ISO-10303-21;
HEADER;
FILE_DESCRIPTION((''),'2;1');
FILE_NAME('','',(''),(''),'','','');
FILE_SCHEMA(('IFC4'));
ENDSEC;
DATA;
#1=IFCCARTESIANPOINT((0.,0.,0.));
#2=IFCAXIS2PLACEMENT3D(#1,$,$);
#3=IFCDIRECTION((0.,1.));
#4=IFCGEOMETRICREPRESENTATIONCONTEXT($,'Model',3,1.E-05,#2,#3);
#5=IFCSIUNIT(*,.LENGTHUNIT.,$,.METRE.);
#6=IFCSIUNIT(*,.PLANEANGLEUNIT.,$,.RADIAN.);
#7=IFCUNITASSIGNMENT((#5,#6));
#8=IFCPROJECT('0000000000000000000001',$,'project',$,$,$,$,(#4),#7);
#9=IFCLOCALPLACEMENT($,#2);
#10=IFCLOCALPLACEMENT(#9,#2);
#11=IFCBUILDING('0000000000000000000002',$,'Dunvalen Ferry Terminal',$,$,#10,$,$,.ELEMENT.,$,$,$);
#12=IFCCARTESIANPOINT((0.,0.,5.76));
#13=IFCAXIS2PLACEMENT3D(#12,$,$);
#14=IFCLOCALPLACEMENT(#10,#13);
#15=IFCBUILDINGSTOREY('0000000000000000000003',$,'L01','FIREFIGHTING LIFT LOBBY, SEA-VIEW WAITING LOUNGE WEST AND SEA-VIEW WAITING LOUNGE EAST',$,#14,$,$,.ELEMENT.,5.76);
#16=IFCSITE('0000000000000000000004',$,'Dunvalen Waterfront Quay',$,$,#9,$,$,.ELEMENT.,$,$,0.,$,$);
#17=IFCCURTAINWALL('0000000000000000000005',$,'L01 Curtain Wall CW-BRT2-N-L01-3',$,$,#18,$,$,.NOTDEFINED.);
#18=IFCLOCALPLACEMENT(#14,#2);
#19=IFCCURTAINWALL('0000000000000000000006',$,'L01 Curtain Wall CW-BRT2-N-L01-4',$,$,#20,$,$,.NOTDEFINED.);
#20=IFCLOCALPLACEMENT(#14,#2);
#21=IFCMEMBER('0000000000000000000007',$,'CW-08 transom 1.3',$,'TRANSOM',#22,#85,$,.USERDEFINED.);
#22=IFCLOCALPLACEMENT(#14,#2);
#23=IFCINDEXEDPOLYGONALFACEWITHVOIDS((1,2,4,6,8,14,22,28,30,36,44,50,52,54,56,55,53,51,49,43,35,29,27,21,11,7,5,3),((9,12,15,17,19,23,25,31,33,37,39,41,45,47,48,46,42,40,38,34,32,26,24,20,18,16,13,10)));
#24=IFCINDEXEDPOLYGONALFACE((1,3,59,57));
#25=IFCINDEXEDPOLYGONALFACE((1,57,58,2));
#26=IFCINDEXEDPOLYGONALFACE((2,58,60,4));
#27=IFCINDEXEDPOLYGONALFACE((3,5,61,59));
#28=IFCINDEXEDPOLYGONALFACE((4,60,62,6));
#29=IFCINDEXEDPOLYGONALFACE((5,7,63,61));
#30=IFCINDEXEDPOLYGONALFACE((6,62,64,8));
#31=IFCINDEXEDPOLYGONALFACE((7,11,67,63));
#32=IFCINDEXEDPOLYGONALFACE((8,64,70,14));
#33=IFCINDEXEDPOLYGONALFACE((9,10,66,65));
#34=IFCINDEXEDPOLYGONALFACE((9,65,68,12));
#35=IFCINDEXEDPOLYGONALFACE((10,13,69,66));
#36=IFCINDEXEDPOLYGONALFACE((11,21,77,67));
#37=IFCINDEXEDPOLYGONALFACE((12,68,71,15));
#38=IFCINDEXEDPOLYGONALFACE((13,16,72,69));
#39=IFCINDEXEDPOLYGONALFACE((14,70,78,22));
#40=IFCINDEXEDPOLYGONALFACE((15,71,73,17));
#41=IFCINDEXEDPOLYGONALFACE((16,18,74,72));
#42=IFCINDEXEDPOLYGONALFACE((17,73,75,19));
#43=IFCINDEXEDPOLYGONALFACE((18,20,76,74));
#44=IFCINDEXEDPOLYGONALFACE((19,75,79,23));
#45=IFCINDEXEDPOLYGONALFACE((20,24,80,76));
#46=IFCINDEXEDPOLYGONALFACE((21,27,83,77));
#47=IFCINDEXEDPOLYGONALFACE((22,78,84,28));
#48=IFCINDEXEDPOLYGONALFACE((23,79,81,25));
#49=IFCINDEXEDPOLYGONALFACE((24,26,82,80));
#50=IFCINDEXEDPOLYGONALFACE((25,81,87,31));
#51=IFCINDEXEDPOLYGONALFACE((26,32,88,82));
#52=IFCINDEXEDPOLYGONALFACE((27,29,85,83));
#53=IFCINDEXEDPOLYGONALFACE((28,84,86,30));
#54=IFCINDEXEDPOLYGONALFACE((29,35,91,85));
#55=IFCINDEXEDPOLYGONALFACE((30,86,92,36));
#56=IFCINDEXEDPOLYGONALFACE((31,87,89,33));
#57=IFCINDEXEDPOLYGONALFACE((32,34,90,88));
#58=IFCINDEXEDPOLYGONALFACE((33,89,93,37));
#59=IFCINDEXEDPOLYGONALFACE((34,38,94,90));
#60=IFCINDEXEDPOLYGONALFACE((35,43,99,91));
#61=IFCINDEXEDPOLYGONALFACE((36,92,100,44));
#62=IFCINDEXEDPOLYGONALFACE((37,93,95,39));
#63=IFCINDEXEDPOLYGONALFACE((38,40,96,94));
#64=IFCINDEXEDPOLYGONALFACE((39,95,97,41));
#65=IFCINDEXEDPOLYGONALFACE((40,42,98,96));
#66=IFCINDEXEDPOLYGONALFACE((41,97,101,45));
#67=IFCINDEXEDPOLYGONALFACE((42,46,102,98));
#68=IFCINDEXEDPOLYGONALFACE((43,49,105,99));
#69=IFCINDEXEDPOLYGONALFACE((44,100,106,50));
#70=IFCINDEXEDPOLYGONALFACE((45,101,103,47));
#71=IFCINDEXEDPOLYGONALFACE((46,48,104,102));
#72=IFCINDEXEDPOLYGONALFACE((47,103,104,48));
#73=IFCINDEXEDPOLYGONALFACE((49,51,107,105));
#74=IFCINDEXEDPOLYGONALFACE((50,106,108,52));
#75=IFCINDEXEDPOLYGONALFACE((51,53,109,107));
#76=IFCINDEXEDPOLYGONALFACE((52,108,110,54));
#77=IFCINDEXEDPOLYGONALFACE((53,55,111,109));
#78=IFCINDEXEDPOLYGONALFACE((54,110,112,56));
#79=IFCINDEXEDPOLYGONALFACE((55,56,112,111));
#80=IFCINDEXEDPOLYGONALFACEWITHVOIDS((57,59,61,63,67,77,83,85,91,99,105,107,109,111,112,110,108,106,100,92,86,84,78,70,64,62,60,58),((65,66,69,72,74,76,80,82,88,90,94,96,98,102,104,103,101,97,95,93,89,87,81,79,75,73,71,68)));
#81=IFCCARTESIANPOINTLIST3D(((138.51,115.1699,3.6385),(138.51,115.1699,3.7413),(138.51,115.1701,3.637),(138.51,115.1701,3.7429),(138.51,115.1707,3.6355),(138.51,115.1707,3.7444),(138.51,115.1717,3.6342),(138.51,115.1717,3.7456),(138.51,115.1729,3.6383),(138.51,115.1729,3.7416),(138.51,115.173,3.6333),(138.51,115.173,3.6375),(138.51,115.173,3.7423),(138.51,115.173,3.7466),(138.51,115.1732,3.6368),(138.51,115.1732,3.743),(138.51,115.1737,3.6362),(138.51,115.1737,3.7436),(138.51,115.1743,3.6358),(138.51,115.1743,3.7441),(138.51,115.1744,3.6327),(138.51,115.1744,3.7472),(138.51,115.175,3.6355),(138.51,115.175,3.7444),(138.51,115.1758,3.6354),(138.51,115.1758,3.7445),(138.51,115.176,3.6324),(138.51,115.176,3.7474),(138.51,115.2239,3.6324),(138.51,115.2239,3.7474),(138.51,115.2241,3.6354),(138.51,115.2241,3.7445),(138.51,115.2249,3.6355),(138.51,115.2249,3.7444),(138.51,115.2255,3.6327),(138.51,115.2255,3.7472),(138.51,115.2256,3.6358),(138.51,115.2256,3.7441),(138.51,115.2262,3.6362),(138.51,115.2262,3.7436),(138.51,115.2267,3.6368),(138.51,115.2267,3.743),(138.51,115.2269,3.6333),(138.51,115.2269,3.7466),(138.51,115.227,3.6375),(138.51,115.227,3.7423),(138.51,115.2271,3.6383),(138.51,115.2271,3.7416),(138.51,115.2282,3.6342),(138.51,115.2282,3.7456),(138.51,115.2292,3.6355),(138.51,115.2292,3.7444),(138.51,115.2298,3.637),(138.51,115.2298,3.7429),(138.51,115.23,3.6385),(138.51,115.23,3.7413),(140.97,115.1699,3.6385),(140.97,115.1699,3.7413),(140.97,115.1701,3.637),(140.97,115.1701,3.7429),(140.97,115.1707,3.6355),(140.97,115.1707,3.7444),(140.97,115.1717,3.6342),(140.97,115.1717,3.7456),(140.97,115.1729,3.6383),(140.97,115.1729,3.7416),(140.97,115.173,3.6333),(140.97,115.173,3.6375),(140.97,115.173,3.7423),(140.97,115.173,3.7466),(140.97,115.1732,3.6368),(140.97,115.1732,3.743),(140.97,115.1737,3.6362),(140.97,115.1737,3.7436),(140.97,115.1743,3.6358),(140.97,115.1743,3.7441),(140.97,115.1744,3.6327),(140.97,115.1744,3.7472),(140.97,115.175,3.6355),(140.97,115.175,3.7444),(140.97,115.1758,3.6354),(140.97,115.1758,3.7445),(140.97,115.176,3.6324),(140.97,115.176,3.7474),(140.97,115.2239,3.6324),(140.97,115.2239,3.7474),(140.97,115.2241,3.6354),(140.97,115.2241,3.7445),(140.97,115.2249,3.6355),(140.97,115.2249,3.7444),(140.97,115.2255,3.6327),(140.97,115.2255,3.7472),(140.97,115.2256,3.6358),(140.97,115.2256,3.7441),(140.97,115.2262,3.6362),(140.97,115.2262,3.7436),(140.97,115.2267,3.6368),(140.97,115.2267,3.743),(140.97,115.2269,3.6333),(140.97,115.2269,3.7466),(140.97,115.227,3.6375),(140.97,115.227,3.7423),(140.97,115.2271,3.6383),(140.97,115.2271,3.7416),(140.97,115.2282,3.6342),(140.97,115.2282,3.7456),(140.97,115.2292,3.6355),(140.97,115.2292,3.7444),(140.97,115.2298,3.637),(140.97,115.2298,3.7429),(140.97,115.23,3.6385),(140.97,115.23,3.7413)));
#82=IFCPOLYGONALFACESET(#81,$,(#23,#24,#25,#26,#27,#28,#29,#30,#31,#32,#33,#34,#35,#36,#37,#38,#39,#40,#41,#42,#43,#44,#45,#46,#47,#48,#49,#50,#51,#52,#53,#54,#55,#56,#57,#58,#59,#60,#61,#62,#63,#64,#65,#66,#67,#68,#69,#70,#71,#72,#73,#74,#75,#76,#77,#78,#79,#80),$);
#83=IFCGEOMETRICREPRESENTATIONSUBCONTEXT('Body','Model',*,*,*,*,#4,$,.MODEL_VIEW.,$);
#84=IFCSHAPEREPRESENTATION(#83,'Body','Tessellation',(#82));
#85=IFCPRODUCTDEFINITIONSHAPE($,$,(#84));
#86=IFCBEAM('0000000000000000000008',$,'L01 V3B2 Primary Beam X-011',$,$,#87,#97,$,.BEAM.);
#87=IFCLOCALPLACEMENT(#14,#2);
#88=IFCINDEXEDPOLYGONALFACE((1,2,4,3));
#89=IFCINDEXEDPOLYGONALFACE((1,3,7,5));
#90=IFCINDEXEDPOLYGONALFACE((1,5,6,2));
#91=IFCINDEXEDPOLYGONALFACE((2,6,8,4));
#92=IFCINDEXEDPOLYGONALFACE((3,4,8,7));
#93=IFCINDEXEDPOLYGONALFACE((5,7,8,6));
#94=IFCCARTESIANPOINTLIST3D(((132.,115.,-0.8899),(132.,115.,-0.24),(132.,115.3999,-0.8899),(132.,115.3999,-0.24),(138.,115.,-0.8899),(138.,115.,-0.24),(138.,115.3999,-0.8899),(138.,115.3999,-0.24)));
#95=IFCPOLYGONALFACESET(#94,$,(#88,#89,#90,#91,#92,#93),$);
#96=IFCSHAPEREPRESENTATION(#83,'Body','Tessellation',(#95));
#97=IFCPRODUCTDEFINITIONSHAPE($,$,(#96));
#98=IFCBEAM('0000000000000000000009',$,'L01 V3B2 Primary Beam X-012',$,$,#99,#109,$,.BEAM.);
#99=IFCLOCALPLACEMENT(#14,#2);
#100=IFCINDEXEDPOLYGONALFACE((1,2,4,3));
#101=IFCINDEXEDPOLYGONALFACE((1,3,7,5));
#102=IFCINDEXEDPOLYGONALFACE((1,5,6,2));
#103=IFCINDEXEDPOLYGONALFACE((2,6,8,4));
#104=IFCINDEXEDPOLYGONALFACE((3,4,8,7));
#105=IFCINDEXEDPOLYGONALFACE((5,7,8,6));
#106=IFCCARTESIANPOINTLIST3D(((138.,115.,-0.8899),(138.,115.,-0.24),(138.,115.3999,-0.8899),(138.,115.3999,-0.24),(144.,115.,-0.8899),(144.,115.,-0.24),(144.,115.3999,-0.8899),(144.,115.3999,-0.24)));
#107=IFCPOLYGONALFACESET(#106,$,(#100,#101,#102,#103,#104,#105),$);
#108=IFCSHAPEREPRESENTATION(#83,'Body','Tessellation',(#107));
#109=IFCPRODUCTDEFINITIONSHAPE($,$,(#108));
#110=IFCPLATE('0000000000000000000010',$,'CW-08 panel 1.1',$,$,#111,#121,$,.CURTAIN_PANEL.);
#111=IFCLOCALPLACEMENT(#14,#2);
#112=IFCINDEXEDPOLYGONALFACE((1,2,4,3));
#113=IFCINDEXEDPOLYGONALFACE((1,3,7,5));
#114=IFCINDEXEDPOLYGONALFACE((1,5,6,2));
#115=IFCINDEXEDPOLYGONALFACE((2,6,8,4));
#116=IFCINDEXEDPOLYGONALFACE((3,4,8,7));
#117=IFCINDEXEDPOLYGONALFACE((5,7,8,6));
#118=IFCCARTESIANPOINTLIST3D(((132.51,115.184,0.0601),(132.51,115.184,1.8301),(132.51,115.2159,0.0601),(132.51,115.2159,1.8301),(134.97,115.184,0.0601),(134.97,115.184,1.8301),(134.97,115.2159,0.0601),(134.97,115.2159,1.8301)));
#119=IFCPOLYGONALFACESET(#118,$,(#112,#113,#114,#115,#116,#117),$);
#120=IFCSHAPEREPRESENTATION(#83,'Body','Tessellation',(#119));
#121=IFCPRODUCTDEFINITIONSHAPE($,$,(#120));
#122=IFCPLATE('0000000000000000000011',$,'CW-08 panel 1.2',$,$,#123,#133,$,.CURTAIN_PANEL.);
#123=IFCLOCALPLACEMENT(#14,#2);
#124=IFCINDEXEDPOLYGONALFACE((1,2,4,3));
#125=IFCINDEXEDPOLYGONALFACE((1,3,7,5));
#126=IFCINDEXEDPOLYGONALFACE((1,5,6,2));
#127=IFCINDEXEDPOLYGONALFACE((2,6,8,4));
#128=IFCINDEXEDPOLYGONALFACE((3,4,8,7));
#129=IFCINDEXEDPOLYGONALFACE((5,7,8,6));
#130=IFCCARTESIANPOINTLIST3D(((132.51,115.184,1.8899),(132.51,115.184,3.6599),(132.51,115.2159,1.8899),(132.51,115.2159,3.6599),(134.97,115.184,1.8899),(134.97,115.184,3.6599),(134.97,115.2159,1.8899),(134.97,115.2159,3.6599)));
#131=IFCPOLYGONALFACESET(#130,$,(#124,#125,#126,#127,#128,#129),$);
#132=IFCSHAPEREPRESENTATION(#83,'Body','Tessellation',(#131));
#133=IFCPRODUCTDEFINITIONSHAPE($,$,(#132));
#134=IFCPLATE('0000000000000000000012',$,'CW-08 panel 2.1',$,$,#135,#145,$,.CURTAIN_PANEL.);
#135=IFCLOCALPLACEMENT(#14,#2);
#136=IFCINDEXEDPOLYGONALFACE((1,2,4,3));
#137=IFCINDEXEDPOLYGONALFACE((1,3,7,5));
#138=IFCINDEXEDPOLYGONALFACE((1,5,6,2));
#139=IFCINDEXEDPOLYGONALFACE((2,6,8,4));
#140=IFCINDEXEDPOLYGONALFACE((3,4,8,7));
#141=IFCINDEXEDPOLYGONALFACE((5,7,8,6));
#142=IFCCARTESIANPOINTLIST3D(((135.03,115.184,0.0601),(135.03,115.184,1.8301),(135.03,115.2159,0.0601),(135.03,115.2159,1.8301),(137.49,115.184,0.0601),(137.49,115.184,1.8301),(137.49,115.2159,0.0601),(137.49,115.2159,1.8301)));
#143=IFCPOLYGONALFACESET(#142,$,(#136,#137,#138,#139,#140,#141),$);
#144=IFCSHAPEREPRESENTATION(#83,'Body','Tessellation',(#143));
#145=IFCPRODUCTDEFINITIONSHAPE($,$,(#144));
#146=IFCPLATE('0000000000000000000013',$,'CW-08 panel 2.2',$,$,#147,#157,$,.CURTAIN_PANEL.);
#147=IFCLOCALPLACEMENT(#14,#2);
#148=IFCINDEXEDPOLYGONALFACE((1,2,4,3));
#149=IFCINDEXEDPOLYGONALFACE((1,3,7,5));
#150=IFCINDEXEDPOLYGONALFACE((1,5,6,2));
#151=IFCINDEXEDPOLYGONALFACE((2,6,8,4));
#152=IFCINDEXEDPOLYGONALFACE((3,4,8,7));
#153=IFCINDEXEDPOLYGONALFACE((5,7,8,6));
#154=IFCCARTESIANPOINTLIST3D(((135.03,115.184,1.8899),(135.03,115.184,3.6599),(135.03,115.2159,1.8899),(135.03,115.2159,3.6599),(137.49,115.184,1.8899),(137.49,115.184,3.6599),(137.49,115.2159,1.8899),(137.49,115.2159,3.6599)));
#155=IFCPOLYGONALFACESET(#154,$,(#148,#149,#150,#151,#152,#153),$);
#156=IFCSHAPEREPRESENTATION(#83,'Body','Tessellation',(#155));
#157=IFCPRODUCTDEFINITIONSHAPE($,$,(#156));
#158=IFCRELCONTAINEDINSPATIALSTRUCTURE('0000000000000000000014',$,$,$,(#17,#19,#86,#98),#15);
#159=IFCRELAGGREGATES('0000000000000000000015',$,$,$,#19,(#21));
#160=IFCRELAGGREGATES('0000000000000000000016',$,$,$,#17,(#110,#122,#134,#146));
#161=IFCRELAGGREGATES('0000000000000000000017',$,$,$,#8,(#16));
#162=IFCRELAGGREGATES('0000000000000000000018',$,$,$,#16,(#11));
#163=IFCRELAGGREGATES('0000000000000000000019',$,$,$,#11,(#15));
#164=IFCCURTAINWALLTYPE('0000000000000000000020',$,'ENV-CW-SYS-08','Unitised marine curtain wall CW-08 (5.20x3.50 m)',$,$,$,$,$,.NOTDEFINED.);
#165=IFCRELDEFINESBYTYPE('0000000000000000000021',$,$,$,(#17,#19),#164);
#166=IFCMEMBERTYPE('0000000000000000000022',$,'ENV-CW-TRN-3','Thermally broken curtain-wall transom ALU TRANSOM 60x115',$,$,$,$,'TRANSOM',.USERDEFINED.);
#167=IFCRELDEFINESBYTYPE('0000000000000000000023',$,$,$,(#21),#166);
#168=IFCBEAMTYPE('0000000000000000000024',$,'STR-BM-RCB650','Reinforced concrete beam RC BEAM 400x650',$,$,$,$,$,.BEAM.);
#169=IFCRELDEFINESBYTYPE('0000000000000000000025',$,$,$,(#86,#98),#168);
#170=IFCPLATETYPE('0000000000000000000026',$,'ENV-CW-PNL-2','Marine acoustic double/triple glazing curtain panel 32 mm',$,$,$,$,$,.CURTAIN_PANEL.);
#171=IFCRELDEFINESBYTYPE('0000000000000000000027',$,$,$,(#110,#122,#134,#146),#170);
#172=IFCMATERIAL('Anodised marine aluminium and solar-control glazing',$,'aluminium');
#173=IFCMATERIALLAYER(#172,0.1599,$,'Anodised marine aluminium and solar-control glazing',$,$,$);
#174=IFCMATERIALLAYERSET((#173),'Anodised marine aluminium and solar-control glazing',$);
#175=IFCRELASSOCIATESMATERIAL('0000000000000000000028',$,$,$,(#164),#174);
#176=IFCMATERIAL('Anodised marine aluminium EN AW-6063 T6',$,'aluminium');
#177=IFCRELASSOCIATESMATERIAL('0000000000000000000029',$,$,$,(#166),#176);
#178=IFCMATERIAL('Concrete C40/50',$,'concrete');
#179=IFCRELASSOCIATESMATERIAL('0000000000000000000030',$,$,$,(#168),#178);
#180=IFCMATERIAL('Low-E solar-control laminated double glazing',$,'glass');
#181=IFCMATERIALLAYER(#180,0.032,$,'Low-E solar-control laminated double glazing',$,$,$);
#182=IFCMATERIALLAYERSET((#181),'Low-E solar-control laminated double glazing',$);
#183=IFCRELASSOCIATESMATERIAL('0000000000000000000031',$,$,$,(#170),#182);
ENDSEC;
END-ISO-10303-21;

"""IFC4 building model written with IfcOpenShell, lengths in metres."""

from ifc_helpers import new_model, si_unit, direction, frame, origin, origin_2d, place, context, subcontext, project, spatial, rectangle, hollow_rectangle, extrude, material, layer, layer_set, material_profile, profile_set, type_object, element, aggregate, save


model = new_model("IFC4")

# Units and contexts
model_context = context("Model", 3, precision=1e-05, world=origin(), true_north=direction((0.0, 1.0)))
body_context = subcontext(model_context, "Body", "Model", "MODEL_VIEW")
ifc_project = project(units=[si_unit("LENGTHUNIT", "METRE"), si_unit("PLANEANGLEUNIT", "RADIAN")], contexts=[model_context])

# Site, building, storey
site_placement = place(None, origin())
site = spatial("IfcSite", under=ifc_project, at=site_placement, Name="Dunvalen Waterfront Quay", CompositionType="ELEMENT", RefElevation=0.0)
building_placement = place(site_placement, origin())
building = spatial("IfcBuilding", under=site, at=building_placement, Name="Dunvalen Ferry Terminal", CompositionType="ELEMENT")
storey_placement = place(building_placement, frame((0.0, 0.0, 5.76)))
storey = spatial("IfcBuildingStorey", under=building, at=storey_placement, Name="L01", Description="FIREFIGHTING LIFT LOBBY, SEA-VIEW WAITING LOUNGE WEST AND SEA-VIEW WAITING LOUNGE EAST", CompositionType="ELEMENT", Elevation=5.76)

# Curtain wall
ifc_material_1 = material(Name="Anodised marine aluminium and solar-control glazing", Category="aluminium")
ifc_layer_1 = layer(ifc_material_1, 0.1599, Name="Anodised marine aluminium and solar-control glazing")
ifc_layer_set_1 = layer_set([ifc_layer_1], Name="Anodised marine aluminium and solar-control glazing")
curtain_wall_type = type_object("IfcCurtainWallType", Name="ENV-CW-SYS-08", Description="Unitised marine curtain wall CW-08 (5.20x3.50 m)", PredefinedType="NOTDEFINED", material=ifc_layer_set_1)
curtain_wall_1_placement = place(storey_placement, origin())
curtain_wall_1 = element("IfcCurtainWall", 1, at=curtain_wall_1_placement, inside=storey, type_object=curtain_wall_type, Name="L01 Curtain Wall CW-BRT2-N-L01-3", PredefinedType="NOTDEFINED")
ifc_material_2 = material(Name="Anodised marine aluminium EN AW-6063 T6", Category="aluminium")

# Curtain wall
curtain_wall_2_placement = place(storey_placement, origin())
curtain_wall_2 = element("IfcCurtainWall", 2, at=curtain_wall_2_placement, inside=storey, type_object=curtain_wall_type, Name="L01 Curtain Wall CW-BRT2-N-L01-4", PredefinedType="NOTDEFINED")

# Member
ifc_material_profile_1 = material_profile(ifc_material_2, hollow_rectangle(XDim=0.0601, YDim=0.115, WallThickness=0.0029, InnerFilletRadius=0.0029, OuterFilletRadius=0.0061, at=origin_2d()), Name="Anodised marine aluminium EN AW-6063 T6")
ifc_profile_set_1 = profile_set([ifc_material_profile_1], Name="Anodised marine aluminium EN AW-6063 T6")
member_type_1 = type_object("IfcMemberType", Name="ENV-CW-TRN-3", Description="Thermally broken curtain-wall transom ALU TRANSOM 60x115", ElementType="TRANSOM", PredefinedType="USERDEFINED", material=ifc_profile_set_1)
member_1_placement = place(storey_placement, frame((138.51, 115.2, 3.6899), z_axis=(1.0, 0.0, 0.0), x_axis=(0.0, 1.0, 0.0)))
member_1 = element("IfcMember", 3, at=member_1_placement, type_object=member_type_1, Name="CW-08 transom 1.3", ObjectType="TRANSOM", PredefinedType="USERDEFINED", context=body_context, shape_type="SweptSolid", body=[
    extrude(hollow_rectangle(XDim=0.0601, YDim=0.115, WallThickness=0.0029, InnerFilletRadius=0.0029, OuterFilletRadius=0.0061, at=origin_2d()), origin(), (0.0, 0.0, 1.0), 2.46),
])
aggregate(curtain_wall_2, [member_1])

# Beams
ifc_material_3 = material(Name="Concrete C40/50", Category="concrete")
ifc_material_profile_2 = material_profile(ifc_material_3, rectangle(XDim=0.3999, YDim=0.6499, at=origin_2d()), Name="Concrete C40/50")
ifc_profile_set_2 = profile_set([ifc_material_profile_2], Name="Concrete C40/50")
beam_type = type_object("IfcBeamType", Name="STR-BM-RCB650", Description="Reinforced concrete beam RC BEAM 400x650", PredefinedType="BEAM", material=ifc_profile_set_2)
for number, where, z_axis, x_axis, name in (
    (4, (132.0, 115.2, -0.5649), (1.0, 0.0, 0.0), (0.0, 1.0, 0.0), "L01 V3B2 Primary Beam X-011"),
    (5, (138.0, 115.2, -0.5649), (1.0, 0.0, 0.0), (0.0, 1.0, 0.0), "L01 V3B2 Primary Beam X-012"),
):
    element("IfcBeam", number, at=place(storey_placement, frame(where, z_axis=z_axis, x_axis=x_axis)), inside=storey, type_object=beam_type, Name=name, PredefinedType="BEAM", context=body_context, shape_type="SweptSolid", body=[
        extrude(rectangle(XDim=0.3999, YDim=0.6499, at=origin_2d()), origin(), (0.0, 0.0, 1.0), 6.0),
    ])

# Plates
ifc_material_4 = material(Name="Low-E solar-control laminated double glazing", Category="glass")
ifc_layer_2 = layer(ifc_material_4, 0.032, Name="Low-E solar-control laminated double glazing")
ifc_layer_set_2 = layer_set([ifc_layer_2], Name="Low-E solar-control laminated double glazing")
plate_type = type_object("IfcPlateType", Name="ENV-CW-PNL-2", Description="Marine acoustic double/triple glazing curtain panel 32 mm", PredefinedType="CURTAIN_PANEL", material=ifc_layer_set_2)
plate_1_placement = place(storey_placement, frame((133.74, 115.2, 0.0601), z_axis=(0.0, 0.0, 1.0), x_axis=(1.0, 0.0, 0.0)))
plate_1 = element("IfcPlate", 6, at=plate_1_placement, type_object=plate_type, Name="CW-08 panel 1.1", PredefinedType="CURTAIN_PANEL", context=body_context, shape_type="SweptSolid", body=[
    extrude(rectangle(XDim=2.46, YDim=0.032, at=origin_2d()), origin(), (0.0, 0.0, 1.0), 1.77),
])
plate_2_placement = place(storey_placement, frame((133.74, 115.2, 1.8899), z_axis=(0.0, 0.0, 1.0), x_axis=(1.0, 0.0, 0.0)))
plate_2 = element("IfcPlate", 7, at=plate_2_placement, type_object=plate_type, Name="CW-08 panel 1.2", PredefinedType="CURTAIN_PANEL", context=body_context, shape_type="SweptSolid", body=[
    extrude(rectangle(XDim=2.46, YDim=0.032, at=origin_2d()), origin(), (0.0, 0.0, 1.0), 1.77),
])
plate_3_placement = place(storey_placement, frame((136.26, 115.2, 0.0601), z_axis=(0.0, 0.0, 1.0), x_axis=(1.0, 0.0, 0.0)))
plate_3 = element("IfcPlate", 8, at=plate_3_placement, type_object=plate_type, Name="CW-08 panel 2.1", PredefinedType="CURTAIN_PANEL", context=body_context, shape_type="SweptSolid", body=[
    extrude(rectangle(XDim=2.46, YDim=0.032, at=origin_2d()), origin(), (0.0, 0.0, 1.0), 1.77),
])
plate_4_placement = place(storey_placement, frame((136.26, 115.2, 1.8899), z_axis=(0.0, 0.0, 1.0), x_axis=(1.0, 0.0, 0.0)))
plate_4 = element("IfcPlate", 9, at=plate_4_placement, type_object=plate_type, Name="CW-08 panel 2.2", PredefinedType="CURTAIN_PANEL", context=body_context, shape_type="SweptSolid", body=[
    extrude(rectangle(XDim=2.46, YDim=0.032, at=origin_2d()), origin(), (0.0, 0.0, 1.0), 1.77),
])
aggregate(curtain_wall_1, [plate_1, plate_2, plate_3, plate_4])

save(model, "model.ifc")
